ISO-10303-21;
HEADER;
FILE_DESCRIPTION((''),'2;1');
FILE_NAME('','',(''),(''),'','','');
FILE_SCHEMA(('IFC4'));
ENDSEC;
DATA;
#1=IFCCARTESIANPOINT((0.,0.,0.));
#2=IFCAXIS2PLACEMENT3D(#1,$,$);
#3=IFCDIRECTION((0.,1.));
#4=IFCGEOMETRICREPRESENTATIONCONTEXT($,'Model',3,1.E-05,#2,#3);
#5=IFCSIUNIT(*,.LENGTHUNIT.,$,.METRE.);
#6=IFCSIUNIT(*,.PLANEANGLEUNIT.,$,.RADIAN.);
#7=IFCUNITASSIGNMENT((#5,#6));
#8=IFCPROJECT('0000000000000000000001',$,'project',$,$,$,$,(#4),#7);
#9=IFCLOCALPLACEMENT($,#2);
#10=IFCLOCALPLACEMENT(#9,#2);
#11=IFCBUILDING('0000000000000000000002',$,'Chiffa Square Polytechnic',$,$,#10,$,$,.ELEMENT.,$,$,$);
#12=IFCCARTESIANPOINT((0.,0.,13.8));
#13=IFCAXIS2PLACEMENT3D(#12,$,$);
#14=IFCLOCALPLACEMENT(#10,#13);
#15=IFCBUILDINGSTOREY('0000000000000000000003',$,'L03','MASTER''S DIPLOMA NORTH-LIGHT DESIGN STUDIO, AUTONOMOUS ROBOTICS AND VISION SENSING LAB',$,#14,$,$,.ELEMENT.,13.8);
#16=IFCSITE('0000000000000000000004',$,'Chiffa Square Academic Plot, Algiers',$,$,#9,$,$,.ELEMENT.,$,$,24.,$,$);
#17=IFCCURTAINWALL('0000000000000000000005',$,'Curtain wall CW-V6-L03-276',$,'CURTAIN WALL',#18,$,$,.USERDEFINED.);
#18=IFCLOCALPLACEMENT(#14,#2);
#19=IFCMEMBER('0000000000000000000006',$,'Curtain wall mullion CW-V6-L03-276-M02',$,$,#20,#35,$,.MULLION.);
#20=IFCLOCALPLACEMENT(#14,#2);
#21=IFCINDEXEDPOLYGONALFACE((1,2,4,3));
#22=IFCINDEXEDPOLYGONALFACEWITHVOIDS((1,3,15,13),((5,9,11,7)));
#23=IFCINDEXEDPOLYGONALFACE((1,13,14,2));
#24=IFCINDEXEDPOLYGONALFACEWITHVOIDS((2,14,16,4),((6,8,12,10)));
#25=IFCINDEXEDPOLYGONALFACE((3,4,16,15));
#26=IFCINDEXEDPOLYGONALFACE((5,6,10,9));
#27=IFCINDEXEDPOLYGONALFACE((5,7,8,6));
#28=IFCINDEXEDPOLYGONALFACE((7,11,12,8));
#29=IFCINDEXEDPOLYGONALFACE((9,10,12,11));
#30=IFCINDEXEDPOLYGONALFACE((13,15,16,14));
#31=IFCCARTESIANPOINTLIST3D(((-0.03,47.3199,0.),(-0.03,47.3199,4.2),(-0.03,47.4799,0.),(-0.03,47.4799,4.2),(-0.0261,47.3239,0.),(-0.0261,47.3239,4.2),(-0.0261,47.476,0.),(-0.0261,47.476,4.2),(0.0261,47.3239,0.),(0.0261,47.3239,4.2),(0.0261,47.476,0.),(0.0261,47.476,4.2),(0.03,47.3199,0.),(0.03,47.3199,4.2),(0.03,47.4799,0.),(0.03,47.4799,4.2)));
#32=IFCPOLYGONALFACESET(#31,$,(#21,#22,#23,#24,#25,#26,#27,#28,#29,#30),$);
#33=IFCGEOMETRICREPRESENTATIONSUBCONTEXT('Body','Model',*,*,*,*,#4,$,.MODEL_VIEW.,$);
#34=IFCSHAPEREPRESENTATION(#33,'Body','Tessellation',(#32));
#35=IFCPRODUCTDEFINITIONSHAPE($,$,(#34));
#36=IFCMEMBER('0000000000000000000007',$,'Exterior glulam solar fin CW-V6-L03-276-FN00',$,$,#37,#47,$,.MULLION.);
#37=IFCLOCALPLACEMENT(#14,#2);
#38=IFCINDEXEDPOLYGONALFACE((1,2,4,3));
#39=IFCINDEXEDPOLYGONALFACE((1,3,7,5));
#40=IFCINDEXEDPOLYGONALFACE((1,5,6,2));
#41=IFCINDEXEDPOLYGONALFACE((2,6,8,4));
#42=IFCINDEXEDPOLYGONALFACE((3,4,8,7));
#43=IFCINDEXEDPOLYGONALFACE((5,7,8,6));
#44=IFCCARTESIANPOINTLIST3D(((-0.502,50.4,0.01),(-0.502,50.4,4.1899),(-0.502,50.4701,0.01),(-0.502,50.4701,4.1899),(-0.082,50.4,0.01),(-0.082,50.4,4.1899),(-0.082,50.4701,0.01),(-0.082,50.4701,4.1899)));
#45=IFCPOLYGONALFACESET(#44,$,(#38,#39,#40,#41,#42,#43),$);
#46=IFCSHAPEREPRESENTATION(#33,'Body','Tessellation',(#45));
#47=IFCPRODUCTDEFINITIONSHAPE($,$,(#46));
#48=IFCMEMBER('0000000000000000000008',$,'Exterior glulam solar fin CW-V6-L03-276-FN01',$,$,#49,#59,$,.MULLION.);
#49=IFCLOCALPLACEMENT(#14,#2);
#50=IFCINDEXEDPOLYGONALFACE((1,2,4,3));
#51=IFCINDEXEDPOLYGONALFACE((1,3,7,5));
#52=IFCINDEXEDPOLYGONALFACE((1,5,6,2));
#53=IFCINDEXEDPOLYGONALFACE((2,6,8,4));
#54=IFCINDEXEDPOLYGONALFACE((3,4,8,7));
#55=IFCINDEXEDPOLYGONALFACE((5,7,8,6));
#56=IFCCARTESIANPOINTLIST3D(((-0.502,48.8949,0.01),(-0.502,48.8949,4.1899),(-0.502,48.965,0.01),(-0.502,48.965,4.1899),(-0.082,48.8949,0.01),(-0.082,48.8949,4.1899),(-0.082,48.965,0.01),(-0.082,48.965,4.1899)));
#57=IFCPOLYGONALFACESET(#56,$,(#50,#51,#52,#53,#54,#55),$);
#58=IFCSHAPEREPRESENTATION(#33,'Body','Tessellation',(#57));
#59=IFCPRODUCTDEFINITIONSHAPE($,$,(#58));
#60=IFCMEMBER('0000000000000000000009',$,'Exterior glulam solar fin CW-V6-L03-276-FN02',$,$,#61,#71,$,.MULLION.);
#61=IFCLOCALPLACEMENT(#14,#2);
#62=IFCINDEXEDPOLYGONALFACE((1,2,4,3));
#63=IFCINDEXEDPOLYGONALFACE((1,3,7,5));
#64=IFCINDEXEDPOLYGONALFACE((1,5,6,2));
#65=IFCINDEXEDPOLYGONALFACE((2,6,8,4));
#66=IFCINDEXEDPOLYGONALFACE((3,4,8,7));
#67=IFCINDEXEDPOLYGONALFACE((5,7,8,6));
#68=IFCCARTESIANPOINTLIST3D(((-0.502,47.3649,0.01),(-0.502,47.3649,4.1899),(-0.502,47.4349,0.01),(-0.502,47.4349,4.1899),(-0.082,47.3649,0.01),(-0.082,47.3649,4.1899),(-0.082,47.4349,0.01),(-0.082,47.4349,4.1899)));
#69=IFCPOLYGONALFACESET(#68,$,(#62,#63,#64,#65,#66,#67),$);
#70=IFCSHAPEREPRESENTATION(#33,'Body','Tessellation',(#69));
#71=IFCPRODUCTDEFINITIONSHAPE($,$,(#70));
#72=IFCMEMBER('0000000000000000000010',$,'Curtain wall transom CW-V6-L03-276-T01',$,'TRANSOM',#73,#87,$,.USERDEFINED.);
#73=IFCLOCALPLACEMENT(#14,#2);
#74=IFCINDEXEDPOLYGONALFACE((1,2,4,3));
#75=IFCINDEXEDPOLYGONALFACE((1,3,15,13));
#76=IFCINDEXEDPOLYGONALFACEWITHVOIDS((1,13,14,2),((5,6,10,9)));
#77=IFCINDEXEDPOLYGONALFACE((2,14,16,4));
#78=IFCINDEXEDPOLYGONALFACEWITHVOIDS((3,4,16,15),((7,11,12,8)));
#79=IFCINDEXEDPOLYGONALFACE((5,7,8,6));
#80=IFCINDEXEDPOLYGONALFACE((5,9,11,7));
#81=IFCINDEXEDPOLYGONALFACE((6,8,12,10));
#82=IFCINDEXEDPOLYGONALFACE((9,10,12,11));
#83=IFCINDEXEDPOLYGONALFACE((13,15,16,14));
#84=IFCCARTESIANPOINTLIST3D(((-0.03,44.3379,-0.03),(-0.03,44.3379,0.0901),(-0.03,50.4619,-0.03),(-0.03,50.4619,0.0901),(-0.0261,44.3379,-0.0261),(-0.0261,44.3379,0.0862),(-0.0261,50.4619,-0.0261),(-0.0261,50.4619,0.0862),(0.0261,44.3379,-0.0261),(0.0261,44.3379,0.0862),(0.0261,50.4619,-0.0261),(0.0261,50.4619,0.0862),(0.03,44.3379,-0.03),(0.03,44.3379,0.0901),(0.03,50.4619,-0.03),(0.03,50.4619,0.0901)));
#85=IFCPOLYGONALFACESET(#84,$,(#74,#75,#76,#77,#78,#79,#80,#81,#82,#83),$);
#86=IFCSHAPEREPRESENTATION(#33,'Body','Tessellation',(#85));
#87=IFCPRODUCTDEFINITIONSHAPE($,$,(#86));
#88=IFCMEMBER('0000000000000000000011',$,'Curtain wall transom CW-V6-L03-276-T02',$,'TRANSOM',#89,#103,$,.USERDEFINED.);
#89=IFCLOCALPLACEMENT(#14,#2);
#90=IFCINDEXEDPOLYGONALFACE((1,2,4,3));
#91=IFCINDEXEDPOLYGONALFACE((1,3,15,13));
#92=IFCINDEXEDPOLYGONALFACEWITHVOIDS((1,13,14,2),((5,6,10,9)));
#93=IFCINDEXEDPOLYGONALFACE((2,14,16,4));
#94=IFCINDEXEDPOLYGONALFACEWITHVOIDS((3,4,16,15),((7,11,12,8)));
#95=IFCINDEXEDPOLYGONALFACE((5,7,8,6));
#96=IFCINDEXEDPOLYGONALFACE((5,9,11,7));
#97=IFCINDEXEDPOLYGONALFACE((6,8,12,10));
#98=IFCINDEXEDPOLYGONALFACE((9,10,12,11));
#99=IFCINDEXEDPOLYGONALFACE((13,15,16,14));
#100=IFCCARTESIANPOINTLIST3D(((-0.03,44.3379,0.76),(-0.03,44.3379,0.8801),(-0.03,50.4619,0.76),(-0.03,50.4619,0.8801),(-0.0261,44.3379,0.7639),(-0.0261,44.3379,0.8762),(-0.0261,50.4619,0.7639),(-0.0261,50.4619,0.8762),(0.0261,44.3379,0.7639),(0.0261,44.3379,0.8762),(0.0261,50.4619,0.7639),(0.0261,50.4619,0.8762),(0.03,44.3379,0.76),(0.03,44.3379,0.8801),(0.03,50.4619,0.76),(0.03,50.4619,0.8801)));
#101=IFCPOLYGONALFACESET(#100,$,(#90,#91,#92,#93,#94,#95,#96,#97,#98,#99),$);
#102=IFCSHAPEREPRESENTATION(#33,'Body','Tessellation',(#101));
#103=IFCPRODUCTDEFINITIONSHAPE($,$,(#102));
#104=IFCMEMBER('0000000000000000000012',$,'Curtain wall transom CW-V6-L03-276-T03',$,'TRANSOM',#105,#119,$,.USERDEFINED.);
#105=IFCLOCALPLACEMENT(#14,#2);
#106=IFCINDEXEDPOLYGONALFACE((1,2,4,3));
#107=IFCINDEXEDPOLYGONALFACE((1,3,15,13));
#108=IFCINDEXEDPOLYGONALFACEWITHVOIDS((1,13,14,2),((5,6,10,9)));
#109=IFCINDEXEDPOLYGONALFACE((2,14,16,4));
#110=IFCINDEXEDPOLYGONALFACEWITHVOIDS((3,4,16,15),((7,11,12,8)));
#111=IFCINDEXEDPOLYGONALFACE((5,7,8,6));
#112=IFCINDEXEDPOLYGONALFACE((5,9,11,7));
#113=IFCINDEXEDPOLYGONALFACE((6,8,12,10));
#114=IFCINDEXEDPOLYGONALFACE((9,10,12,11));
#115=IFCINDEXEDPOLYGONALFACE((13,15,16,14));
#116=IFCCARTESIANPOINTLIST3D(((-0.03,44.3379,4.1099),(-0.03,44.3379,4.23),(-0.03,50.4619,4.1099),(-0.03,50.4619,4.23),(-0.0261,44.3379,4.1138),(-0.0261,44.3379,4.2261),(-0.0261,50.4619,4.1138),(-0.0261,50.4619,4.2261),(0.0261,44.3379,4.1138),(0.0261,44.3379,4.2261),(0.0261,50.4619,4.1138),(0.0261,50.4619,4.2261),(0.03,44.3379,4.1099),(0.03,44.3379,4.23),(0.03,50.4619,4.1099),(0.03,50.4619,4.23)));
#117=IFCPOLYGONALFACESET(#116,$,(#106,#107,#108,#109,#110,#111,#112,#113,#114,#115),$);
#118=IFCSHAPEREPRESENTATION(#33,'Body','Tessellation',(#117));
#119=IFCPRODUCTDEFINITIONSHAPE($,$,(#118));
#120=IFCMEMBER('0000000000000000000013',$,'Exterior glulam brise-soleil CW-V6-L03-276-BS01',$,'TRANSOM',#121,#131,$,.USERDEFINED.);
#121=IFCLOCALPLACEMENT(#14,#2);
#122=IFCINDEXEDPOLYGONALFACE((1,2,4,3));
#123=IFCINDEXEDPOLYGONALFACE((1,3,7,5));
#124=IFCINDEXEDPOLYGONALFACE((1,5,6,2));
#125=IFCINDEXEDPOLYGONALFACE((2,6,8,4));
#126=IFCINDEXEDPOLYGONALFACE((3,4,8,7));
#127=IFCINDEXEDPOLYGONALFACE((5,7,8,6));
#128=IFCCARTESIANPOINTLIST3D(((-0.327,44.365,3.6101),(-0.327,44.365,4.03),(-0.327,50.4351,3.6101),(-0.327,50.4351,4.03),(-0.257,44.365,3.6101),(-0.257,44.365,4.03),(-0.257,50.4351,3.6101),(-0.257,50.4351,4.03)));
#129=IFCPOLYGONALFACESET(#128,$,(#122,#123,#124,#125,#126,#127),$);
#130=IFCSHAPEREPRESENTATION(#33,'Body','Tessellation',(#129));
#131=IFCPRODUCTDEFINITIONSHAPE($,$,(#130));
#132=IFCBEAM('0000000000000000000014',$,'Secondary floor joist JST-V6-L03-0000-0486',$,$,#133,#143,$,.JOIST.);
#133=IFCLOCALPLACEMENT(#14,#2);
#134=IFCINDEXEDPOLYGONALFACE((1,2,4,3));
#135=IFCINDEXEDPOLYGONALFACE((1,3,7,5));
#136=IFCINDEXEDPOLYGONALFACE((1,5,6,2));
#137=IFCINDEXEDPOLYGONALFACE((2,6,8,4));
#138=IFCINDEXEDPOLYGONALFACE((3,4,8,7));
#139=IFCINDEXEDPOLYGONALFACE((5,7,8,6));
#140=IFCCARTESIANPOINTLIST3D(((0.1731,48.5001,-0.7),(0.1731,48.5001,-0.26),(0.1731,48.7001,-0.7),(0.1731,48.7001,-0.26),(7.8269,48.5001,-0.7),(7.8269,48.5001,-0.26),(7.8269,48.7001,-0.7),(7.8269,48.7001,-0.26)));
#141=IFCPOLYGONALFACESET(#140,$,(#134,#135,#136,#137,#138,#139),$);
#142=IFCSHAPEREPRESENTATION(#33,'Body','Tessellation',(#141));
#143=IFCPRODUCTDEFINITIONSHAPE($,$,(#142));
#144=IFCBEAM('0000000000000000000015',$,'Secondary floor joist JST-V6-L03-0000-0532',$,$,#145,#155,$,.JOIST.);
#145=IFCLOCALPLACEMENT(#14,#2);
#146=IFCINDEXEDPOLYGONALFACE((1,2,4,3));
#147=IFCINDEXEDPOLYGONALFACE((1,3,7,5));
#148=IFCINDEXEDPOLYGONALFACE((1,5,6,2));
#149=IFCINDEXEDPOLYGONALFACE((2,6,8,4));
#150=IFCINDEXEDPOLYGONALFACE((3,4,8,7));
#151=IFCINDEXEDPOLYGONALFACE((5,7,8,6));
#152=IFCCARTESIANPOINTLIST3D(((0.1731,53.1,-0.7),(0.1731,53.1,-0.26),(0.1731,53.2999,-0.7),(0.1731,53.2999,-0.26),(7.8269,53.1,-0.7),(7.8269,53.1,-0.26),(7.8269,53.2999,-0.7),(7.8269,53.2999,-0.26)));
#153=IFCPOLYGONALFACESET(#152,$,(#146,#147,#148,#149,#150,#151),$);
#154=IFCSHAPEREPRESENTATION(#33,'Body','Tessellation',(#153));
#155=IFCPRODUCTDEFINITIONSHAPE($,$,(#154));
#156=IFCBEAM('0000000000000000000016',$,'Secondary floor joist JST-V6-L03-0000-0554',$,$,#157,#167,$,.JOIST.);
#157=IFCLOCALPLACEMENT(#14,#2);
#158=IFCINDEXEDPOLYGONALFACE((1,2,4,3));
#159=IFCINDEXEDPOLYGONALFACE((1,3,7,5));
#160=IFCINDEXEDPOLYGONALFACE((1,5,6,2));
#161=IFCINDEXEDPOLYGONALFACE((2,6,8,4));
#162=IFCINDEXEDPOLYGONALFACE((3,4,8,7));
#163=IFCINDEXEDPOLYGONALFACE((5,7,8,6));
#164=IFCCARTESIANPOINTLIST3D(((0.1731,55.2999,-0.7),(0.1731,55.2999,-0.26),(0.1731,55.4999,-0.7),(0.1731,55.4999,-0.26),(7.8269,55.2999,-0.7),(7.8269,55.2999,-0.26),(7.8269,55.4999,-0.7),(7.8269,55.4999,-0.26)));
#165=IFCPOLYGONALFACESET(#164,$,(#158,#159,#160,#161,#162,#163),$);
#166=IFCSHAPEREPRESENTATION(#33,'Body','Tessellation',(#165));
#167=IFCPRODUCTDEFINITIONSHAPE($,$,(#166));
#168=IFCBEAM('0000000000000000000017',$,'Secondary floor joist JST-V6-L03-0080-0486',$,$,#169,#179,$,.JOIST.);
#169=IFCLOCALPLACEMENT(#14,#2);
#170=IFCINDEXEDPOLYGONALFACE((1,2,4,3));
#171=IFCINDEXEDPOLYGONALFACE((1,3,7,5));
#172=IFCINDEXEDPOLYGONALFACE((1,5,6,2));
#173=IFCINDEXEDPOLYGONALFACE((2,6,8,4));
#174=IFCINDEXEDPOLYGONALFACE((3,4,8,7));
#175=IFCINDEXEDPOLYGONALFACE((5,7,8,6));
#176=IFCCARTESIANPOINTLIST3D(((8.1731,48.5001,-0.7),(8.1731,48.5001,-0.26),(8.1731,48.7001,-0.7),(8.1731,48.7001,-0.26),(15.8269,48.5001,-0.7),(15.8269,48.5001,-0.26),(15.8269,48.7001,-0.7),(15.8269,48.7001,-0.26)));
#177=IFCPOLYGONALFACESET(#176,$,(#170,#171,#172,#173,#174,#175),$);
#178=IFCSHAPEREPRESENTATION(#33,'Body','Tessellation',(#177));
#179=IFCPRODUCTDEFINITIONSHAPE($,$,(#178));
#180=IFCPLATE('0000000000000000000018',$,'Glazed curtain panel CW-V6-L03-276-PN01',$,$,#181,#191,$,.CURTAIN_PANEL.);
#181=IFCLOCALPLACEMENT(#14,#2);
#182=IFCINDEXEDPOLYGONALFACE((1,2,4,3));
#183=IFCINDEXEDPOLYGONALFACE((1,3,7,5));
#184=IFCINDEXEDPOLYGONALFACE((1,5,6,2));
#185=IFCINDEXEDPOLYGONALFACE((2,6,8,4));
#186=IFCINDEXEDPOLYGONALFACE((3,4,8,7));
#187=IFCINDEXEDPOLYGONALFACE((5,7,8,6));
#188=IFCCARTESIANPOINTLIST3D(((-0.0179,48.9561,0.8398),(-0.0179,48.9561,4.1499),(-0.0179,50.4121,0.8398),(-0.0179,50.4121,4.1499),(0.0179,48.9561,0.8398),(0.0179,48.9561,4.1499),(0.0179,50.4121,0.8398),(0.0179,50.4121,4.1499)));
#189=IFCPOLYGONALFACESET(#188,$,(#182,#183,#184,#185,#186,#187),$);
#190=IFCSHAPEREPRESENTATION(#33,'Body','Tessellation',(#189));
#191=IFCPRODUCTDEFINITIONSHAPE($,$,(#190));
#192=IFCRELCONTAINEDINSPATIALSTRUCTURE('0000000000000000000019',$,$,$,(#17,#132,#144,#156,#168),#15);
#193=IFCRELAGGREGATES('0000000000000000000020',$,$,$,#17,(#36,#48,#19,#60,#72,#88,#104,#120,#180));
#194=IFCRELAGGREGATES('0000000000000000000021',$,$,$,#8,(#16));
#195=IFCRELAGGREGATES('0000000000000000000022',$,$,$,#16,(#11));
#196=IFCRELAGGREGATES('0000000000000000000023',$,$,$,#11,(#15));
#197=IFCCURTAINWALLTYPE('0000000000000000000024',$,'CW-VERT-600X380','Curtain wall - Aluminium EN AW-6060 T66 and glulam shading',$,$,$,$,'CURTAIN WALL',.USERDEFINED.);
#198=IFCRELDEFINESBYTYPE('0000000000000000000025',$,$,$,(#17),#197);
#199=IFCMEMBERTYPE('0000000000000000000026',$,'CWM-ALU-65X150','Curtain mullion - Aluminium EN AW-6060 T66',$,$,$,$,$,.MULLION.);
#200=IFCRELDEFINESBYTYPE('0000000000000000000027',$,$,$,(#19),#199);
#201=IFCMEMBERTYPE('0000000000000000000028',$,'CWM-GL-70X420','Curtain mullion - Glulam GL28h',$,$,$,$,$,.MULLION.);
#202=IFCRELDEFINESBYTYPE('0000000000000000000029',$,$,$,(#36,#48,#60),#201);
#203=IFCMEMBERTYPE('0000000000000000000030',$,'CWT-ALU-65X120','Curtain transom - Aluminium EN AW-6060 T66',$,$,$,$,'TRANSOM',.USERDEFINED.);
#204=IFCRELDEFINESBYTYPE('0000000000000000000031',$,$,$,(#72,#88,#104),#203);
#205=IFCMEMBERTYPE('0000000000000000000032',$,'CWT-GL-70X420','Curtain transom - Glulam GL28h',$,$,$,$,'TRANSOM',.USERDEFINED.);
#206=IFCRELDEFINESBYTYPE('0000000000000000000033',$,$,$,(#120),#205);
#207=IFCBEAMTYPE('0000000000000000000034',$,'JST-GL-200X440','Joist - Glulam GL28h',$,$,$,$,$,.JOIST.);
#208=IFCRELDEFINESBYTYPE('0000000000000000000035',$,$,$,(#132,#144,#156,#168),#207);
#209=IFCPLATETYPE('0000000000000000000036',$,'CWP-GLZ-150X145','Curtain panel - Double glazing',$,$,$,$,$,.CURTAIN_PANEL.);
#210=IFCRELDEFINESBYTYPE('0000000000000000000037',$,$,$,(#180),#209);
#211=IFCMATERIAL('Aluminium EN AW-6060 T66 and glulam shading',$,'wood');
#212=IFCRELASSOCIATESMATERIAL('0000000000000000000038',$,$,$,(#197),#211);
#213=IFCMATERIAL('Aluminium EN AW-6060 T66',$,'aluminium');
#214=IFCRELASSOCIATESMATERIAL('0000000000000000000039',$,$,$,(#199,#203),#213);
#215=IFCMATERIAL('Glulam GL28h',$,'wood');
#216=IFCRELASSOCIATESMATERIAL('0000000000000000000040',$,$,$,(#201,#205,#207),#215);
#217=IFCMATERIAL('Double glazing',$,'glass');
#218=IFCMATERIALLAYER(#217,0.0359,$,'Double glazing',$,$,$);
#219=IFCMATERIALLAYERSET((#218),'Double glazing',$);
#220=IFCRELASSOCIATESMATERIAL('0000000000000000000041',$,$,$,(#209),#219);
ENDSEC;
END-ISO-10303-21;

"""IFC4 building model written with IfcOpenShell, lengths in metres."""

from ifc_helpers import new_model, si_unit, direction, frame, origin, origin_2d, place, context, subcontext, project, spatial, rectangle, hollow_rectangle, extrude, material, layer, layer_set, material_profile, profile_set, type_object, element, aggregate, save


model = new_model("IFC4")

# Units and contexts
model_context = context("Model", 3, precision=1e-05, world=origin(), true_north=direction((0.0, 1.0)))
body_context = subcontext(model_context, "Body", "Model", "MODEL_VIEW")
ifc_project = project(units=[si_unit("LENGTHUNIT", "METRE"), si_unit("PLANEANGLEUNIT", "RADIAN")], contexts=[model_context])

# Site, building, storey
site_placement = place(None, origin())
site = spatial("IfcSite", under=ifc_project, at=site_placement, Name="Chiffa Square Academic Plot, Algiers", CompositionType="ELEMENT", RefElevation=24.0)
building_placement = place(site_placement, origin())
building = spatial("IfcBuilding", under=site, at=building_placement, Name="Chiffa Square Polytechnic", CompositionType="ELEMENT")
storey_placement = place(building_placement, frame((0.0, 0.0, 13.8)))
storey = spatial("IfcBuildingStorey", under=building, at=storey_placement, Name="L03", Description="MASTER'S DIPLOMA NORTH-LIGHT DESIGN STUDIO, AUTONOMOUS ROBOTICS AND VISION SENSING LAB", CompositionType="ELEMENT", Elevation=13.8)

# Curtain wall, members
ifc_material_1 = material(Name="Aluminium EN AW-6060 T66 and glulam shading", Category="wood")
curtain_wall_type = type_object("IfcCurtainWallType", Name="CW-VERT-600X380", Description="Curtain wall - Aluminium EN AW-6060 T66 and glulam shading", ElementType="CURTAIN WALL", PredefinedType="USERDEFINED", material=ifc_material_1)
curtain_wall_placement = place(storey_placement, origin())
curtain_wall = element("IfcCurtainWall", 1, at=curtain_wall_placement, inside=storey, type_object=curtain_wall_type, Name="Curtain wall CW-V6-L03-276", ObjectType="CURTAIN WALL", PredefinedType="USERDEFINED")
ifc_material_2 = material(Name="Aluminium EN AW-6060 T66", Category="aluminium")
ifc_material_profile_1 = material_profile(ifc_material_2, hollow_rectangle(XDim=0.0601, YDim=0.1599, WallThickness=0.0039, at=origin_2d()), Name="ALU 60x160x4")
ifc_profile_set_1 = profile_set([ifc_material_profile_1], Name="Aluminium EN AW-6060 T66")
member_type_1 = type_object("IfcMemberType", Name="CWM-ALU-65X150", Description="Curtain mullion - Aluminium EN AW-6060 T66", PredefinedType="MULLION", material=ifc_profile_set_1)
member_1_placement = place(storey_placement, frame((0.0, 47.3999, 0.0), z_axis=(0.0, 0.0, 1.0), x_axis=(1.0, 0.0, 0.0)))
member_1 = element("IfcMember", 2, at=member_1_placement, type_object=member_type_1, Name="Curtain wall mullion CW-V6-L03-276-M02", PredefinedType="MULLION", context=body_context, shape_type="SweptSolid", body=[
    extrude(hollow_rectangle(XDim=0.0601, YDim=0.1599, WallThickness=0.0039, at=origin_2d()), origin(), (0.0, 0.0, 1.0), 4.2),
])
ifc_material_3 = material(Name="Glulam GL28h", Category="wood")
ifc_material_profile_2 = material_profile(ifc_material_3, rectangle(XDim=0.0701, YDim=0.4199, at=origin_2d()), Name="GL28h 70x420")
ifc_profile_set_2 = profile_set([ifc_material_profile_2], Name="Glulam GL28h")
member_type_2 = type_object("IfcMemberType", Name="CWM-GL-70X420", Description="Curtain mullion - Glulam GL28h", PredefinedType="MULLION", material=ifc_profile_set_2)
member_2_placement = place(storey_placement, frame((-0.292, 50.4351, 0.01), z_axis=(0.0, 0.0, 1.0), x_axis=(0.0, -1.0, 0.0)))
member_2 = element("IfcMember", 3, at=member_2_placement, type_object=member_type_2, Name="Exterior glulam solar fin CW-V6-L03-276-FN00", PredefinedType="MULLION", context=body_context, shape_type="SweptSolid", body=[
    extrude(rectangle(XDim=0.0701, YDim=0.4199, at=origin_2d()), origin(), (0.0, 0.0, 1.0), 4.1799),
])
member_3_placement = place(storey_placement, frame((-0.292, 48.9299, 0.01), z_axis=(0.0, 0.0, 1.0), x_axis=(0.0, -1.0, 0.0)))
member_3 = element("IfcMember", 4, at=member_3_placement, type_object=member_type_2, Name="Exterior glulam solar fin CW-V6-L03-276-FN01", PredefinedType="MULLION", context=body_context, shape_type="SweptSolid", body=[
    extrude(rectangle(XDim=0.0701, YDim=0.4199, at=origin_2d()), origin(), (0.0, 0.0, 1.0), 4.1799),
])
member_4_placement = place(storey_placement, frame((-0.292, 47.3999, 0.01), z_axis=(0.0, 0.0, 1.0), x_axis=(0.0, -1.0, 0.0)))
member_4 = element("IfcMember", 5, at=member_4_placement, type_object=member_type_2, Name="Exterior glulam solar fin CW-V6-L03-276-FN02", PredefinedType="MULLION", context=body_context, shape_type="SweptSolid", body=[
    extrude(rectangle(XDim=0.0701, YDim=0.4199, at=origin_2d()), origin(), (0.0, 0.0, 1.0), 4.1799),
])
ifc_material_profile_3 = material_profile(ifc_material_2, hollow_rectangle(XDim=0.0601, YDim=0.1201, WallThickness=0.0039, at=origin_2d()), Name="ALU 60x120x4")
ifc_profile_set_3 = profile_set([ifc_material_profile_3], Name="Aluminium EN AW-6060 T66")
member_type_3 = type_object("IfcMemberType", Name="CWT-ALU-65X120", Description="Curtain transom - Aluminium EN AW-6060 T66", ElementType="TRANSOM", PredefinedType="USERDEFINED", material=ifc_profile_set_3)
member_5_placement = place(storey_placement, frame((0.0, 50.4619, 0.03), z_axis=(0.0, -1.0, 0.0), x_axis=(1.0, 0.0, 0.0)))
member_5 = element("IfcMember", 6, at=member_5_placement, type_object=member_type_3, Name="Curtain wall transom CW-V6-L03-276-T01", ObjectType="TRANSOM", PredefinedType="USERDEFINED", context=body_context, shape_type="SweptSolid", body=[
    extrude(hollow_rectangle(XDim=0.0601, YDim=0.1201, WallThickness=0.0039, at=origin_2d()), origin(), (0.0, 0.0, 1.0), 6.124),
])
member_6_placement = place(storey_placement, frame((0.0, 50.4619, 0.8201), z_axis=(0.0, -1.0, 0.0), x_axis=(1.0, 0.0, 0.0)))
member_6 = element("IfcMember", 7, at=member_6_placement, type_object=member_type_3, Name="Curtain wall transom CW-V6-L03-276-T02", ObjectType="TRANSOM", PredefinedType="USERDEFINED", context=body_context, shape_type="SweptSolid", body=[
    extrude(hollow_rectangle(XDim=0.0601, YDim=0.1201, WallThickness=0.0039, at=origin_2d()), origin(), (0.0, 0.0, 1.0), 6.124),
])
member_7_placement = place(storey_placement, frame((0.0, 50.4619, 4.1699), z_axis=(0.0, -1.0, 0.0), x_axis=(1.0, 0.0, 0.0)))
member_7 = element("IfcMember", 8, at=member_7_placement, type_object=member_type_3, Name="Curtain wall transom CW-V6-L03-276-T03", ObjectType="TRANSOM", PredefinedType="USERDEFINED", context=body_context, shape_type="SweptSolid", body=[
    extrude(hollow_rectangle(XDim=0.0601, YDim=0.1201, WallThickness=0.0039, at=origin_2d()), origin(), (0.0, 0.0, 1.0), 6.124),
])
ifc_material_profile_4 = material_profile(ifc_material_3, rectangle(XDim=0.0701, YDim=0.4199, at=origin_2d()), Name="GL28h 70x420")
ifc_profile_set_4 = profile_set([ifc_material_profile_4], Name="Glulam GL28h")
member_type_4 = type_object("IfcMemberType", Name="CWT-GL-70X420", Description="Curtain transom - Glulam GL28h", ElementType="TRANSOM", PredefinedType="USERDEFINED", material=ifc_profile_set_4)
member_8_placement = place(storey_placement, frame((-0.292, 50.4351, 3.8201), z_axis=(0.0, -1.0, 0.0), x_axis=(1.0, 0.0, 0.0)))
member_8 = element("IfcMember", 9, at=member_8_placement, type_object=member_type_4, Name="Exterior glulam brise-soleil CW-V6-L03-276-BS01", ObjectType="TRANSOM", PredefinedType="USERDEFINED", context=body_context, shape_type="SweptSolid", body=[
    extrude(rectangle(XDim=0.0701, YDim=0.4199, at=origin_2d()), origin(), (0.0, 0.0, 1.0), 6.0701),
])

# Beams
ifc_material_profile_5 = material_profile(ifc_material_3, rectangle(XDim=0.2, YDim=0.4399, at=origin_2d()), Name="GL28h 200x440")
ifc_profile_set_5 = profile_set([ifc_material_profile_5], Name="Glulam GL28h")
beam_type_1 = type_object("IfcBeamType", Name="JST-GL-200X440", Description="Joist - Glulam GL28h", PredefinedType="JOIST", material=ifc_profile_set_5)
for number, where, z_axis, x_axis, name in (
    (10, (0.1731, 48.6001, -0.48), (1.0, 0.0, 0.0), (0.0, 1.0, 0.0), "Secondary floor joist JST-V6-L03-0000-0486"),
    (11, (0.1731, 53.2, -0.48), (1.0, 0.0, 0.0), (0.0, 1.0, 0.0), "Secondary floor joist JST-V6-L03-0000-0532"),
    (12, (0.1731, 55.3999, -0.48), (1.0, 0.0, 0.0), (0.0, 1.0, 0.0), "Secondary floor joist JST-V6-L03-0000-0554"),
    (13, (8.1731, 48.6001, -0.48), (1.0, 0.0, 0.0), (0.0, 1.0, 0.0), "Secondary floor joist JST-V6-L03-0080-0486"),
):
    element("IfcBeam", number, at=place(storey_placement, frame(where, z_axis=z_axis, x_axis=x_axis)), inside=storey, type_object=beam_type_1, Name=name, PredefinedType="JOIST", context=body_context, shape_type="SweptSolid", body=[
        extrude(rectangle(XDim=0.2, YDim=0.4399, at=origin_2d()), origin(), (0.0, 0.0, 1.0), 7.6538),
    ])

# Plate
ifc_material_4 = material(Name="Double glazing", Category="glass")
ifc_layer_1 = layer(ifc_material_4, 0.0359, Name="Double glazing")
ifc_layer_set_1 = layer_set([ifc_layer_1], Name="Double glazing")
plate_type_1 = type_object("IfcPlateType", Name="CWP-GLZ-150X145", Description="Curtain panel - Double glazing", PredefinedType="CURTAIN_PANEL", material=ifc_layer_set_1)
plate_1_placement = place(storey_placement, frame((0.0, 49.6841, 0.8398), z_axis=(0.0, 0.0, 1.0), x_axis=(0.0, -1.0, 0.0)))
plate_1 = element("IfcPlate", 14, at=plate_1_placement, type_object=plate_type_1, Name="Glazed curtain panel CW-V6-L03-276-PN01", PredefinedType="CURTAIN_PANEL", context=body_context, shape_type="SweptSolid", body=[
    extrude(rectangle(XDim=1.4561, YDim=0.0359, at=origin_2d()), origin(), (0.0, 0.0, 1.0), 3.3101),
])
aggregate(curtain_wall, [member_2, member_3, member_1, member_4, member_5, member_6, member_7, member_8, plate_1])

save(model, "model.ifc")
